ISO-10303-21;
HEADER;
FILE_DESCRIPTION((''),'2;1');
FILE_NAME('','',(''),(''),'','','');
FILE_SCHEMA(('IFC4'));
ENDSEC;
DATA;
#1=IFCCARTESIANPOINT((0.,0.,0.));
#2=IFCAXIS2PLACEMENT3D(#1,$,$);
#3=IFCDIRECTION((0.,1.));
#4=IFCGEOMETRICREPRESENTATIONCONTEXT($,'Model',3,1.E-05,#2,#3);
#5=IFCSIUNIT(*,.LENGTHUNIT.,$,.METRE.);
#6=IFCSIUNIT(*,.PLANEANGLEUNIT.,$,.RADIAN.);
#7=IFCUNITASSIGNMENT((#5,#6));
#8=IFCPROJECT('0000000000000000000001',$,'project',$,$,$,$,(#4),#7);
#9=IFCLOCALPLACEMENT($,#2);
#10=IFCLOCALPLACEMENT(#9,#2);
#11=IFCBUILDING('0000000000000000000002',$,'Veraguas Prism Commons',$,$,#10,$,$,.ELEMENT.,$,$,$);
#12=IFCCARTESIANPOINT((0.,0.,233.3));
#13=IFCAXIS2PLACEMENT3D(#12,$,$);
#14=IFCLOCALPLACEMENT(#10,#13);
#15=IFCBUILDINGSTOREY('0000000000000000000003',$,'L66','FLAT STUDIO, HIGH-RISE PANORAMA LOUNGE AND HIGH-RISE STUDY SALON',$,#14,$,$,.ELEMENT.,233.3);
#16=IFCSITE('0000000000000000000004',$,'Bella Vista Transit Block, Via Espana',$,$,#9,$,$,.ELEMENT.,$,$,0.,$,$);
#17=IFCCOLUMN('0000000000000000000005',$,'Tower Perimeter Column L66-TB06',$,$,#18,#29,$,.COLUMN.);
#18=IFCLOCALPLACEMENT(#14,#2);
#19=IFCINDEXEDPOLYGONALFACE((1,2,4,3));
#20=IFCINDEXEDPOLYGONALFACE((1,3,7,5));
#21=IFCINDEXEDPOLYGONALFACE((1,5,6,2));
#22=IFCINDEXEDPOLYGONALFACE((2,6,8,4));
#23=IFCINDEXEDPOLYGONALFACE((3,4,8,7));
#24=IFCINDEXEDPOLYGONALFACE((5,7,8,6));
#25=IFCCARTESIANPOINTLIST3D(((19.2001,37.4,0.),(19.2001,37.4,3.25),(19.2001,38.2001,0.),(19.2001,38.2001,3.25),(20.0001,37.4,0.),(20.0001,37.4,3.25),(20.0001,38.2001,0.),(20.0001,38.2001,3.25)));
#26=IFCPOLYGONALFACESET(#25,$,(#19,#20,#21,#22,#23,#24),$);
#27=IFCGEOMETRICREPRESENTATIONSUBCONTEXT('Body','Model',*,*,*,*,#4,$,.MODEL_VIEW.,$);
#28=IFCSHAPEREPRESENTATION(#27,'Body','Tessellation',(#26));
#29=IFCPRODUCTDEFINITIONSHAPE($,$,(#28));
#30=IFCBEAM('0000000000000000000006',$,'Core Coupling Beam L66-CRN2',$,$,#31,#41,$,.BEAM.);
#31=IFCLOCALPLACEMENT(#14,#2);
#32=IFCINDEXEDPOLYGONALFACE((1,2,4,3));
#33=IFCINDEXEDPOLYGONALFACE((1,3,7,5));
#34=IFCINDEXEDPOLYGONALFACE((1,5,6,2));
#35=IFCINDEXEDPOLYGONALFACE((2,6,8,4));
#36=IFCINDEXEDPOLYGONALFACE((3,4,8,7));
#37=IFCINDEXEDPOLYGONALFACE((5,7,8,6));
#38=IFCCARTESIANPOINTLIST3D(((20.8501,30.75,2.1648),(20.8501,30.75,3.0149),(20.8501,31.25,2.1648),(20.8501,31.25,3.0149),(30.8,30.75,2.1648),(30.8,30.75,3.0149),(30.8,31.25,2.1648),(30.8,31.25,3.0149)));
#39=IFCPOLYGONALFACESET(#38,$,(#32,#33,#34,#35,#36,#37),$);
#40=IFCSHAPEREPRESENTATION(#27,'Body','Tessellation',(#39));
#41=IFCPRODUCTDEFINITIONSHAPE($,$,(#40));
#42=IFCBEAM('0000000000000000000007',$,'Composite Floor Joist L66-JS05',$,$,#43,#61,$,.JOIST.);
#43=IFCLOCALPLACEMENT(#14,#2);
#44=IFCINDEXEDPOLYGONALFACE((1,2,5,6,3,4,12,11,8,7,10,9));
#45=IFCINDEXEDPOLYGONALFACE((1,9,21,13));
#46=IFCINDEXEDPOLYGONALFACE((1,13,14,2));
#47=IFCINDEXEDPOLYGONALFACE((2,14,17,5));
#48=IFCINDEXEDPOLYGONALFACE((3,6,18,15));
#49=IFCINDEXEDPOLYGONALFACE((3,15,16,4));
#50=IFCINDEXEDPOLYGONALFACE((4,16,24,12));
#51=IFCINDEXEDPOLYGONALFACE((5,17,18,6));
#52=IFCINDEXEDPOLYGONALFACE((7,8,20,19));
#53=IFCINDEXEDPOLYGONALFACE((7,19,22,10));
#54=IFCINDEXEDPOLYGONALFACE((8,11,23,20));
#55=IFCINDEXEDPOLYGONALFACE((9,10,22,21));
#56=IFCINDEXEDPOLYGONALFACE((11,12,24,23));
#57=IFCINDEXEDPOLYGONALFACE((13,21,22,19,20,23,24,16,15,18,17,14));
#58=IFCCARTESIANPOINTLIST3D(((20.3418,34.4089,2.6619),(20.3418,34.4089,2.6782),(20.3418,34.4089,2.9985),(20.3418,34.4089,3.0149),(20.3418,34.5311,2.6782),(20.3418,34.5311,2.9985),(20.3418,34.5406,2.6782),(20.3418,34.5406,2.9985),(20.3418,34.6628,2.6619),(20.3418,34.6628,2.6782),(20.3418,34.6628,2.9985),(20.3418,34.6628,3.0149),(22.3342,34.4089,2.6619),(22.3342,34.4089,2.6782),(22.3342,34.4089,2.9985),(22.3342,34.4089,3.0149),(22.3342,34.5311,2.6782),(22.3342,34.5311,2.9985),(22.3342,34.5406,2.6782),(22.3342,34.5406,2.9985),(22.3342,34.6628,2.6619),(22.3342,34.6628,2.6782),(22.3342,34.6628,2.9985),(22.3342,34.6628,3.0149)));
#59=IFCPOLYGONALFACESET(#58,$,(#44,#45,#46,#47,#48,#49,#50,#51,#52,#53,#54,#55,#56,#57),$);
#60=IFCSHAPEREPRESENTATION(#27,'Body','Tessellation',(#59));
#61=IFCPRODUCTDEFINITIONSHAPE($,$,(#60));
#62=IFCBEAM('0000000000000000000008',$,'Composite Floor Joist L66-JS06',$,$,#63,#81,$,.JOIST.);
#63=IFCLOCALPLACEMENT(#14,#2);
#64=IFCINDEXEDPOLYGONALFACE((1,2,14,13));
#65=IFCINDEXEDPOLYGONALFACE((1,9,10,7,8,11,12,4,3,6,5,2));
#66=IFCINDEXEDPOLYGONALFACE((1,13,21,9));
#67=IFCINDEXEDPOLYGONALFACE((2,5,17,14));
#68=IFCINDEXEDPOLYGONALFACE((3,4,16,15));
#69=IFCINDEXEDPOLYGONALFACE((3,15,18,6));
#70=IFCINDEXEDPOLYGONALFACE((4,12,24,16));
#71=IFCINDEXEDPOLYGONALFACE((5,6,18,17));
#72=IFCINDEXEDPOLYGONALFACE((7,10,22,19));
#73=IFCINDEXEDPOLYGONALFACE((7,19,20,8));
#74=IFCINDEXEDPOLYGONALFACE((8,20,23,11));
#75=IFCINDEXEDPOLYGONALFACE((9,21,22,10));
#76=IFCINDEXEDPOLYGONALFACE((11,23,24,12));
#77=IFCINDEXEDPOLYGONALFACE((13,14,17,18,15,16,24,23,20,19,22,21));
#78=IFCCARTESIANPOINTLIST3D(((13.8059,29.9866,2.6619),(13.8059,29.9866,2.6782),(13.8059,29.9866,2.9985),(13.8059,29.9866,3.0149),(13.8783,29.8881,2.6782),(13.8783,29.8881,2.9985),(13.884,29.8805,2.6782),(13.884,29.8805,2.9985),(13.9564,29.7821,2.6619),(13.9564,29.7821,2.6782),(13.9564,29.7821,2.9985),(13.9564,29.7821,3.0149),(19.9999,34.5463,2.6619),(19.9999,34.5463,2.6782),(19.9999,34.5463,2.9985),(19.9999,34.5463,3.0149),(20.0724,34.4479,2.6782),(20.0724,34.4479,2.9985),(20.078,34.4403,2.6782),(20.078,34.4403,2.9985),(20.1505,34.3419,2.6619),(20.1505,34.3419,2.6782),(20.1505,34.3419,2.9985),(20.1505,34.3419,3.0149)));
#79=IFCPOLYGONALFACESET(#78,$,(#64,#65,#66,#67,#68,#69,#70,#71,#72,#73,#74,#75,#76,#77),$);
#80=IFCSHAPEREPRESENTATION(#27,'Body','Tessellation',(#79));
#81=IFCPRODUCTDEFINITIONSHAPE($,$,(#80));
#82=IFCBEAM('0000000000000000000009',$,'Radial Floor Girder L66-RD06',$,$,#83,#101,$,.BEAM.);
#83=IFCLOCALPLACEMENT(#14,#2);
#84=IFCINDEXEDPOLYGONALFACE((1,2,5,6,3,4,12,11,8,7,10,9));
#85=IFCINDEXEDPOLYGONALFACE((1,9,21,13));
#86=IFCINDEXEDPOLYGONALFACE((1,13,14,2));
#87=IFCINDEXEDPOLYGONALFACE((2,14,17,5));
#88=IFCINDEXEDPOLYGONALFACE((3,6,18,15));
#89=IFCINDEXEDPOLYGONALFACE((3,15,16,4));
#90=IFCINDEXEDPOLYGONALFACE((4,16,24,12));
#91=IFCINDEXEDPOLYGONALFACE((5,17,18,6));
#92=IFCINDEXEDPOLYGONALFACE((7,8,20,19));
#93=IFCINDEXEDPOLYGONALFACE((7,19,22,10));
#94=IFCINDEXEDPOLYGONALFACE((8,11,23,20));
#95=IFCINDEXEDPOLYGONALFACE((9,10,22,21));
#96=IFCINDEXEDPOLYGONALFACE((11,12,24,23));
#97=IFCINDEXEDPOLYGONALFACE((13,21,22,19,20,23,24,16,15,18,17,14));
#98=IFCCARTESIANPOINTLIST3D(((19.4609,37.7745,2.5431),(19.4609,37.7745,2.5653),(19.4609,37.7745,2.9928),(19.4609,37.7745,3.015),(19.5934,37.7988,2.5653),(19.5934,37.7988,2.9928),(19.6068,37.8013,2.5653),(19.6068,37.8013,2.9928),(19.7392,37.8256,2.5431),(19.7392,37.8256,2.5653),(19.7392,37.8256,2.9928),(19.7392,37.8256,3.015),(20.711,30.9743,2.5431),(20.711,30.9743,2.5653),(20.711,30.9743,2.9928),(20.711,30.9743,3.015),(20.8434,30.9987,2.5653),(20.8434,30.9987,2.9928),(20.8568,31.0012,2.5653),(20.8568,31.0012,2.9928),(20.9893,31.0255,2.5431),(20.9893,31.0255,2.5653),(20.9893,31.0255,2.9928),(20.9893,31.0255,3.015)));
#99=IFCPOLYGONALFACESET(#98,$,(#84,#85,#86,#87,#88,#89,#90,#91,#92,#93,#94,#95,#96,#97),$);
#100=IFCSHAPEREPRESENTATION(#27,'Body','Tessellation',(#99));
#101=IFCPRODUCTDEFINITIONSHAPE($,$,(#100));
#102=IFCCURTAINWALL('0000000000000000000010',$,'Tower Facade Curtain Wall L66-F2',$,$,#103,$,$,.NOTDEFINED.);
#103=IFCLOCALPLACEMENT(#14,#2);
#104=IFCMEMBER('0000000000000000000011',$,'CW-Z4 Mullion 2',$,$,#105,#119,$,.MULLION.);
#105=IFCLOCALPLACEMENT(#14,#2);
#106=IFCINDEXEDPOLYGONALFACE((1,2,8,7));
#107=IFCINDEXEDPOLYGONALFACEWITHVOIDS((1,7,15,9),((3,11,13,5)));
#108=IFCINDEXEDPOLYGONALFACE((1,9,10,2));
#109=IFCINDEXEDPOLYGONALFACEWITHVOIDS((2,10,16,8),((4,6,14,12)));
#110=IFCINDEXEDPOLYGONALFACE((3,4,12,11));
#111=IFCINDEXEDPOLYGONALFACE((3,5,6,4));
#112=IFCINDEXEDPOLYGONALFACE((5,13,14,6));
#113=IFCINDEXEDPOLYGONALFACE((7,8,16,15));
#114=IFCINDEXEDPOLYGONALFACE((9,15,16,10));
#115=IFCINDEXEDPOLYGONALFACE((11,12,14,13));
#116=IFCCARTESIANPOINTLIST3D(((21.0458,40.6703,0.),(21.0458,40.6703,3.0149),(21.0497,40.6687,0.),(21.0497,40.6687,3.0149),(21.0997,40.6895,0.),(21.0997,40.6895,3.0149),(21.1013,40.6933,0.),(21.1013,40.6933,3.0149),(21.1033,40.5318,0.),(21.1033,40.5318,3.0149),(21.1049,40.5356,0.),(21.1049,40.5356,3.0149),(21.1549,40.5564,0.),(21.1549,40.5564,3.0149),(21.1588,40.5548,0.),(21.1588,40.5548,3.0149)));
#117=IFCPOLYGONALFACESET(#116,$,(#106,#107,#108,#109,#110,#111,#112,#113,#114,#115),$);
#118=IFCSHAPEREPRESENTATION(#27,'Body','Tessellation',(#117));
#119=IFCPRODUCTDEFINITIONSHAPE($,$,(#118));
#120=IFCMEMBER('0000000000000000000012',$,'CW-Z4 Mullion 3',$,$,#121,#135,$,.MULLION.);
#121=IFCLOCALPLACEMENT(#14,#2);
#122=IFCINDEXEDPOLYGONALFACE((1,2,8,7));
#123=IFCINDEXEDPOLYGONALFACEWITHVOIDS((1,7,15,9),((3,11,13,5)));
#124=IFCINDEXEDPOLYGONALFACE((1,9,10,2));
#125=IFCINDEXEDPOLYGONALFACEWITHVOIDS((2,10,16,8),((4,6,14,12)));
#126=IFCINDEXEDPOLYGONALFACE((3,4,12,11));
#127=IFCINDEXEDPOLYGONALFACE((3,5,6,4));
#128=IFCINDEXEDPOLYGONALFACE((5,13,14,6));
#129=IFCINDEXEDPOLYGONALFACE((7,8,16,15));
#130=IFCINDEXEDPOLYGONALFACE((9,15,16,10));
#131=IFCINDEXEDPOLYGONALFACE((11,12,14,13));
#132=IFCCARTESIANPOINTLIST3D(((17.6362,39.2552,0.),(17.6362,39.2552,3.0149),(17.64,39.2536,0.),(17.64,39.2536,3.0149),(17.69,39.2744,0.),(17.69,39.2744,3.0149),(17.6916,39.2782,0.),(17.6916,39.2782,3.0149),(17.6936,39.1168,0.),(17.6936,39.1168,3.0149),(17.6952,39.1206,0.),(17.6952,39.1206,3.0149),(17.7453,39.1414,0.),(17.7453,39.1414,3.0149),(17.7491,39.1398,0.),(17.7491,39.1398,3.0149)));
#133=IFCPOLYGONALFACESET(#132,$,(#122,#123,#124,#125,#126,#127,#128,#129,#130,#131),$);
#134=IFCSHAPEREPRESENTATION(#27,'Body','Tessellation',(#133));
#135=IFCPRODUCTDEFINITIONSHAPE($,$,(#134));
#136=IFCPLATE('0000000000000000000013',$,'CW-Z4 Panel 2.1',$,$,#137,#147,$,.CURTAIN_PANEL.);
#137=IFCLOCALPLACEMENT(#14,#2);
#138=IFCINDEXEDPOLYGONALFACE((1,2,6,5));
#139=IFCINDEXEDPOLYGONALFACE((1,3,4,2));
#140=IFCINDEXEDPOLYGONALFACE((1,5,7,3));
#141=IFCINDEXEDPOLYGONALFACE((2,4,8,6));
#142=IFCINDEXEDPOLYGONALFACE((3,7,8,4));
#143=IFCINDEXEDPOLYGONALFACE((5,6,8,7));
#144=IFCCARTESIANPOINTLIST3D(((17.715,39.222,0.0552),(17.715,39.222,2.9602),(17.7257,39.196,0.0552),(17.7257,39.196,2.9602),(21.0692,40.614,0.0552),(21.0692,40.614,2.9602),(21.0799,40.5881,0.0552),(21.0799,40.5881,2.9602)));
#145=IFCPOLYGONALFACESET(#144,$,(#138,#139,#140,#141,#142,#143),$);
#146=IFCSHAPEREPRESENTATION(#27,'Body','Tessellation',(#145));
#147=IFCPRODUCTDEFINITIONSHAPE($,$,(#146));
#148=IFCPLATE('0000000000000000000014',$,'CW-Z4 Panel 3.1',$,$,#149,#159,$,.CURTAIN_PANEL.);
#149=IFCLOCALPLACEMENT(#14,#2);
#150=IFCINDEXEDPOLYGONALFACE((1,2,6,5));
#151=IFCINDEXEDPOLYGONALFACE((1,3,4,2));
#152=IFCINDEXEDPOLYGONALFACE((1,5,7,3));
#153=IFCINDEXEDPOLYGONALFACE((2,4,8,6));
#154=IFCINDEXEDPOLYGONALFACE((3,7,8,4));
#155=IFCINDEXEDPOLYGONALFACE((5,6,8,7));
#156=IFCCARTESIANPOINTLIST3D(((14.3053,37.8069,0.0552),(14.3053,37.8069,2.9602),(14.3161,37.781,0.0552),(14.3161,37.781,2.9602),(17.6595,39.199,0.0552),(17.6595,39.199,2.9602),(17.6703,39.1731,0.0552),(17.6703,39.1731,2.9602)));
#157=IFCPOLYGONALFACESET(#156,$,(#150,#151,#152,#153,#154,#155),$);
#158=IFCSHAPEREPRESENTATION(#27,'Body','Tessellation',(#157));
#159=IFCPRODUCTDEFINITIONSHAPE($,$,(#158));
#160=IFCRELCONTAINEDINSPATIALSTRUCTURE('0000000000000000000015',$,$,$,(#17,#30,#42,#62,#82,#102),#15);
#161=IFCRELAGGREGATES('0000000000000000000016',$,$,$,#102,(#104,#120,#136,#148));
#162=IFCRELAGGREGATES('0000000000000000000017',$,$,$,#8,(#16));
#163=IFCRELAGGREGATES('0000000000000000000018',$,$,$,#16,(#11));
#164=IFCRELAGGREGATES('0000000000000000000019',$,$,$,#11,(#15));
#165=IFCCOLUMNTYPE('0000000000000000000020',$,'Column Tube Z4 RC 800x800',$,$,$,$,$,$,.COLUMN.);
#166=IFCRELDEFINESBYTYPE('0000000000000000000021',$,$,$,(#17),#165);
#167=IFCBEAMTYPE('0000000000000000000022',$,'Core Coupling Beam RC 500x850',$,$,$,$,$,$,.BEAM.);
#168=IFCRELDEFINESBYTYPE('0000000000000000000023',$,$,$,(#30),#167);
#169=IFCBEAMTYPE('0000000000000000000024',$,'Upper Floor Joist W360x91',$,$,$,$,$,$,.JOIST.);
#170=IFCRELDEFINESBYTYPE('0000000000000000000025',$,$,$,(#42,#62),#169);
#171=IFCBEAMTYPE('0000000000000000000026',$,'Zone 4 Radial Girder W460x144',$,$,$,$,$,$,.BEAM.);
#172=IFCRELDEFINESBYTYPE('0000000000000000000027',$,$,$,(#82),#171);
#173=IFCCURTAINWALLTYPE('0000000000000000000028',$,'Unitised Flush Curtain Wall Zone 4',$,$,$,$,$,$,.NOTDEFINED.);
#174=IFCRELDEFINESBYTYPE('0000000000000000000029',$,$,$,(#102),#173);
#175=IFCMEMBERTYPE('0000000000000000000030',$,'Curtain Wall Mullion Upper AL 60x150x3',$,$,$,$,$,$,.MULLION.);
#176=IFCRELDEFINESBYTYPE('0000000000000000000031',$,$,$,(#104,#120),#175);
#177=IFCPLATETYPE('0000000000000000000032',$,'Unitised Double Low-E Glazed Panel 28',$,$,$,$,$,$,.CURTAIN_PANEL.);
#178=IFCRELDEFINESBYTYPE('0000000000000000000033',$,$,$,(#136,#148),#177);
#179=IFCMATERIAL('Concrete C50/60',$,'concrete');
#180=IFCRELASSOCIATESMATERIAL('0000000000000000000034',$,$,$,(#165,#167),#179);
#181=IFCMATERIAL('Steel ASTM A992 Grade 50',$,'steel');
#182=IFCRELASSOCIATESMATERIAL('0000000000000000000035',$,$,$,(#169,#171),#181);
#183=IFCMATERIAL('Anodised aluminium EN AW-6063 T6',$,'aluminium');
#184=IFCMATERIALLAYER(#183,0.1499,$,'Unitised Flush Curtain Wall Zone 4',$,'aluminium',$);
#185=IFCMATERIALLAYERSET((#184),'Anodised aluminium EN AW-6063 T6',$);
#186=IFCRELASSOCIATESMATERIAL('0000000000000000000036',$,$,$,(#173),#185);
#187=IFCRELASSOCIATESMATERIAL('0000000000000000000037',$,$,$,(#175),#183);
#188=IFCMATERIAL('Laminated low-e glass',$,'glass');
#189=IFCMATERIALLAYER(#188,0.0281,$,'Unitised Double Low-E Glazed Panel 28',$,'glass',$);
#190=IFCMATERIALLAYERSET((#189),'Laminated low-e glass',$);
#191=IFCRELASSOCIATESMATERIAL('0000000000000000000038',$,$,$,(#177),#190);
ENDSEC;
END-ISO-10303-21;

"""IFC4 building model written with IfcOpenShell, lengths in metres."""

from ifc_helpers import new_model, si_unit, direction, frame, origin, origin_2d, place, context, subcontext, project, spatial, rectangle, hollow_rectangle, i_section, extrude, source, transform, mapped, material, layer, layer_set, material_profile, profile_set, type_object, element, aggregate, save


model = new_model("IFC4")

# Units and contexts
model_context = context("Model", 3, precision=1e-05, world=origin(), true_north=direction((0.0, 1.0)))
body_context = subcontext(model_context, "Body", "Model", "MODEL_VIEW")
ifc_project = project(units=[si_unit("LENGTHUNIT", "METRE"), si_unit("PLANEANGLEUNIT", "RADIAN")], contexts=[model_context])

# Site, building, storey
site_placement = place(None, origin())
site = spatial("IfcSite", under=ifc_project, at=site_placement, Name="Bella Vista Transit Block, Via Espana", CompositionType="ELEMENT", RefElevation=0.0)
building_placement = place(site_placement, origin())
building = spatial("IfcBuilding", under=site, at=building_placement, Name="Veraguas Prism Commons", CompositionType="ELEMENT")
storey_placement = place(building_placement, frame((0.0, 0.0, 233.3)))
storey = spatial("IfcBuildingStorey", under=building, at=storey_placement, Name="L66", Description="FLAT STUDIO, HIGH-RISE PANORAMA LOUNGE AND HIGH-RISE STUDY SALON", CompositionType="ELEMENT", Elevation=233.3)

# Column
ifc_material_1 = material(Name="Concrete C50/60", Category="concrete")
ifc_material_profile_1 = material_profile(ifc_material_1, rectangle(XDim=0.8, YDim=0.8, at=origin_2d()), Name="RC800X800")
ifc_profile_set_1 = profile_set([ifc_material_profile_1], Name="Concrete C50/60")
column_type = type_object("IfcColumnType", Name="Column Tube Z4 RC 800x800", PredefinedType="COLUMN", material=ifc_profile_set_1)
column_placement = place(storey_placement, frame((19.6001, 37.8, 0.0), z_axis=(0.0, 0.0, 1.0), x_axis=(1.0, 0.0, 0.0)))
element("IfcColumn", 1, at=column_placement, inside=storey, type_object=column_type, Name="Tower Perimeter Column L66-TB06", PredefinedType="COLUMN", context=body_context, shape_type="SweptSolid", body=[
    extrude(rectangle(XDim=0.8, YDim=0.8, at=origin_2d()), origin(), (0.0, 0.0, 1.0), 3.25),
])

# Beams
ifc_material_profile_2 = material_profile(ifc_material_1, rectangle(XDim=0.5, YDim=0.8501, at=origin_2d()), Name="RC500X850")
ifc_profile_set_2 = profile_set([ifc_material_profile_2], Name="Concrete C50/60")
beam_type_1 = type_object("IfcBeamType", Name="Core Coupling Beam RC 500x850", PredefinedType="BEAM", material=ifc_profile_set_2)
beam_1_placement = place(storey_placement, frame((20.8501, 31.0, 2.5898), z_axis=(1.0, 0.0, 0.0), x_axis=(0.0, 1.0, 0.0)))
element("IfcBeam", 2, at=beam_1_placement, inside=storey, type_object=beam_type_1, Name="Core Coupling Beam L66-CRN2", PredefinedType="BEAM", context=body_context, shape_type="SweptSolid", body=[
    extrude(rectangle(XDim=0.5, YDim=0.8501, at=origin_2d()), origin(), (0.0, 0.0, 1.0), 9.95),
])
ifc_material_2 = material(Name="Steel ASTM A992 Grade 50", Category="steel")
ifc_material_profile_3 = material_profile(ifc_material_2, i_section(OverallWidth=0.2539, OverallDepth=0.353, WebThickness=0.0095, FlangeThickness=0.0164, at=origin_2d()), Name="W360X91")
ifc_profile_set_3 = profile_set([ifc_material_profile_3], Name="Steel ASTM A992 Grade 50")
beam_type_2 = type_object("IfcBeamType", Name="Upper Floor Joist W360x91", PredefinedType="JOIST", material=ifc_profile_set_3)
beam_2_placement = place(storey_placement, frame((22.3342, 34.5359, 2.8384), z_axis=(-1.0, 0.0, 0.0), x_axis=(0.0, -1.0, 0.0)))
element("IfcBeam", 3, at=beam_2_placement, inside=storey, type_object=beam_type_2, Name="Composite Floor Joist L66-JS05", PredefinedType="JOIST", context=body_context, shape_type="SweptSolid", body=[
    extrude(i_section(OverallWidth=0.2539, OverallDepth=0.353, WebThickness=0.0095, FlangeThickness=0.0164, at=origin_2d()), origin(), (0.0, 0.0, 1.0), 1.9924),
])
beam_3_placement = place(storey_placement, frame((20.0752, 34.4441, 2.8384), z_axis=(-0.80532, -0.592841, 0.0), x_axis=(0.592841, -0.80532, 0.0)))
element("IfcBeam", 4, at=beam_3_placement, inside=storey, type_object=beam_type_2, Name="Composite Floor Joist L66-JS06", PredefinedType="JOIST", context=body_context, shape_type="SweptSolid", body=[
    extrude(i_section(OverallWidth=0.2539, OverallDepth=0.353, WebThickness=0.0095, FlangeThickness=0.0164, at=origin_2d()), origin(), (0.0, 0.0, 1.0), 7.6914),
])
ifc_material_profile_4 = material_profile(ifc_material_2, i_section(OverallWidth=0.283, OverallDepth=0.4719, WebThickness=0.0137, FlangeThickness=0.0222, at=origin_2d()), Name="W460X144")
ifc_profile_set_4 = profile_set([ifc_material_profile_4], Name="Steel ASTM A992 Grade 50")
beam_type_3 = type_object("IfcBeamType", Name="Zone 4 Radial Girder W460x144", PredefinedType="BEAM", material=ifc_profile_set_4)
beam_4_placement = place(storey_placement, frame((19.6001, 37.8, 2.7791), z_axis=(0.180793, -0.983521, 0.0), x_axis=(0.983521, 0.180793, 0.0)))
element("IfcBeam", 5, at=beam_4_placement, inside=storey, type_object=beam_type_3, Name="Radial Floor Girder L66-RD06", PredefinedType="BEAM", context=body_context, shape_type="SweptSolid", body=[
    extrude(i_section(OverallWidth=0.283, OverallDepth=0.4719, WebThickness=0.0137, FlangeThickness=0.0222, at=origin_2d()), origin(), (0.0, 0.0, 1.0), 6.9141),
])

# Curtain wall, members, plates
ifc_material_3 = material(Name="Anodised aluminium EN AW-6063 T6", Category="aluminium")
ifc_layer_1 = layer(ifc_material_3, 0.1499, Name="Unitised Flush Curtain Wall Zone 4", Category="aluminium")
ifc_layer_set_1 = layer_set([ifc_layer_1], Name="Anodised aluminium EN AW-6063 T6")
curtain_wall_type = type_object("IfcCurtainWallType", Name="Unitised Flush Curtain Wall Zone 4", PredefinedType="NOTDEFINED", material=ifc_layer_set_1)
curtain_wall_placement = place(storey_placement, origin())
curtain_wall = element("IfcCurtainWall", 6, at=curtain_wall_placement, inside=storey, type_object=curtain_wall_type, Name="Tower Facade Curtain Wall L66-F2", PredefinedType="NOTDEFINED")
ifc_material_profile_5 = material_profile(ifc_material_3, hollow_rectangle(XDim=0.0601, YDim=0.1499, WallThickness=0.0029, at=origin_2d()), Name="AL60X150X3")
ifc_profile_set_5 = profile_set([ifc_material_profile_5], Name="Anodised aluminium EN AW-6063 T6")
member_type = type_object("IfcMemberType", Name="Curtain Wall Mullion Upper AL 60x150x3", PredefinedType="MULLION", material=ifc_profile_set_5)
shared_shape_1 = source(origin(), body_context, "Body", "SweptSolid", [
    extrude(hollow_rectangle(XDim=0.0601, YDim=0.1499, WallThickness=0.0029, at=origin_2d()), origin(), (0.0, 0.0, 1.0), 3.0149),
])
member_1_placement = place(storey_placement, frame((21.1023, 40.6125, 0.0), z_axis=(0.0, 0.0, 1.0), x_axis=(-0.923615, -0.383322, 0.0)))
member_1 = element("IfcMember", 7, at=member_1_placement, type_object=member_type, Name="CW-Z4 Mullion 2", PredefinedType="MULLION", context=body_context, shape_type="MappedRepresentation", body=[
    mapped(shared_shape_1, transform((0.0, 0.0, 0.0), scale=1.0)),
])
member_2_placement = place(storey_placement, frame((17.6926, 39.1975, 0.0), z_axis=(0.0, 0.0, 1.0), x_axis=(-0.923615, -0.383322, 0.0)))
member_2 = element("IfcMember", 8, at=member_2_placement, type_object=member_type, Name="CW-Z4 Mullion 3", PredefinedType="MULLION", context=body_context, shape_type="MappedRepresentation", body=[
    mapped(shared_shape_1, transform((0.0, 0.0, 0.0), scale=1.0)),
])
ifc_material_4 = material(Name="Laminated low-e glass", Category="glass")
ifc_layer_2 = layer(ifc_material_4, 0.0281, Name="Unitised Double Low-E Glazed Panel 28", Category="glass")
ifc_layer_set_2 = layer_set([ifc_layer_2], Name="Laminated low-e glass")
plate_type = type_object("IfcPlateType", Name="Unitised Double Low-E Glazed Panel 28", PredefinedType="CURTAIN_PANEL", material=ifc_layer_set_2)
shared_shape_2 = source(origin(), body_context, "Body", "SweptSolid", [
    extrude(rectangle(XDim=3.6316, YDim=0.0281, at=origin_2d()), origin(), (0.0, 0.0, 1.0), 2.905),
])
plate_1_placement = place(storey_placement, frame((19.3975, 39.905, 0.0552), z_axis=(0.0, 0.0, 1.0), x_axis=(-0.923615, -0.383322, 0.0)))
plate_1 = element("IfcPlate", 9, at=plate_1_placement, type_object=plate_type, Name="CW-Z4 Panel 2.1", PredefinedType="CURTAIN_PANEL", context=body_context, shape_type="MappedRepresentation", body=[
    mapped(shared_shape_2, transform((0.0, 0.0, 0.0), scale=1.0)),
])
plate_2_placement = place(storey_placement, frame((15.9878, 38.49, 0.0552), z_axis=(0.0, 0.0, 1.0), x_axis=(-0.923615, -0.383322, 0.0)))
plate_2 = element("IfcPlate", 10, at=plate_2_placement, type_object=plate_type, Name="CW-Z4 Panel 3.1", PredefinedType="CURTAIN_PANEL", context=body_context, shape_type="MappedRepresentation", body=[
    mapped(shared_shape_2, transform((0.0, 0.0, 0.0), scale=1.0)),
])
aggregate(curtain_wall, [member_1, member_2, plate_1, plate_2])

save(model, "model.ifc")
